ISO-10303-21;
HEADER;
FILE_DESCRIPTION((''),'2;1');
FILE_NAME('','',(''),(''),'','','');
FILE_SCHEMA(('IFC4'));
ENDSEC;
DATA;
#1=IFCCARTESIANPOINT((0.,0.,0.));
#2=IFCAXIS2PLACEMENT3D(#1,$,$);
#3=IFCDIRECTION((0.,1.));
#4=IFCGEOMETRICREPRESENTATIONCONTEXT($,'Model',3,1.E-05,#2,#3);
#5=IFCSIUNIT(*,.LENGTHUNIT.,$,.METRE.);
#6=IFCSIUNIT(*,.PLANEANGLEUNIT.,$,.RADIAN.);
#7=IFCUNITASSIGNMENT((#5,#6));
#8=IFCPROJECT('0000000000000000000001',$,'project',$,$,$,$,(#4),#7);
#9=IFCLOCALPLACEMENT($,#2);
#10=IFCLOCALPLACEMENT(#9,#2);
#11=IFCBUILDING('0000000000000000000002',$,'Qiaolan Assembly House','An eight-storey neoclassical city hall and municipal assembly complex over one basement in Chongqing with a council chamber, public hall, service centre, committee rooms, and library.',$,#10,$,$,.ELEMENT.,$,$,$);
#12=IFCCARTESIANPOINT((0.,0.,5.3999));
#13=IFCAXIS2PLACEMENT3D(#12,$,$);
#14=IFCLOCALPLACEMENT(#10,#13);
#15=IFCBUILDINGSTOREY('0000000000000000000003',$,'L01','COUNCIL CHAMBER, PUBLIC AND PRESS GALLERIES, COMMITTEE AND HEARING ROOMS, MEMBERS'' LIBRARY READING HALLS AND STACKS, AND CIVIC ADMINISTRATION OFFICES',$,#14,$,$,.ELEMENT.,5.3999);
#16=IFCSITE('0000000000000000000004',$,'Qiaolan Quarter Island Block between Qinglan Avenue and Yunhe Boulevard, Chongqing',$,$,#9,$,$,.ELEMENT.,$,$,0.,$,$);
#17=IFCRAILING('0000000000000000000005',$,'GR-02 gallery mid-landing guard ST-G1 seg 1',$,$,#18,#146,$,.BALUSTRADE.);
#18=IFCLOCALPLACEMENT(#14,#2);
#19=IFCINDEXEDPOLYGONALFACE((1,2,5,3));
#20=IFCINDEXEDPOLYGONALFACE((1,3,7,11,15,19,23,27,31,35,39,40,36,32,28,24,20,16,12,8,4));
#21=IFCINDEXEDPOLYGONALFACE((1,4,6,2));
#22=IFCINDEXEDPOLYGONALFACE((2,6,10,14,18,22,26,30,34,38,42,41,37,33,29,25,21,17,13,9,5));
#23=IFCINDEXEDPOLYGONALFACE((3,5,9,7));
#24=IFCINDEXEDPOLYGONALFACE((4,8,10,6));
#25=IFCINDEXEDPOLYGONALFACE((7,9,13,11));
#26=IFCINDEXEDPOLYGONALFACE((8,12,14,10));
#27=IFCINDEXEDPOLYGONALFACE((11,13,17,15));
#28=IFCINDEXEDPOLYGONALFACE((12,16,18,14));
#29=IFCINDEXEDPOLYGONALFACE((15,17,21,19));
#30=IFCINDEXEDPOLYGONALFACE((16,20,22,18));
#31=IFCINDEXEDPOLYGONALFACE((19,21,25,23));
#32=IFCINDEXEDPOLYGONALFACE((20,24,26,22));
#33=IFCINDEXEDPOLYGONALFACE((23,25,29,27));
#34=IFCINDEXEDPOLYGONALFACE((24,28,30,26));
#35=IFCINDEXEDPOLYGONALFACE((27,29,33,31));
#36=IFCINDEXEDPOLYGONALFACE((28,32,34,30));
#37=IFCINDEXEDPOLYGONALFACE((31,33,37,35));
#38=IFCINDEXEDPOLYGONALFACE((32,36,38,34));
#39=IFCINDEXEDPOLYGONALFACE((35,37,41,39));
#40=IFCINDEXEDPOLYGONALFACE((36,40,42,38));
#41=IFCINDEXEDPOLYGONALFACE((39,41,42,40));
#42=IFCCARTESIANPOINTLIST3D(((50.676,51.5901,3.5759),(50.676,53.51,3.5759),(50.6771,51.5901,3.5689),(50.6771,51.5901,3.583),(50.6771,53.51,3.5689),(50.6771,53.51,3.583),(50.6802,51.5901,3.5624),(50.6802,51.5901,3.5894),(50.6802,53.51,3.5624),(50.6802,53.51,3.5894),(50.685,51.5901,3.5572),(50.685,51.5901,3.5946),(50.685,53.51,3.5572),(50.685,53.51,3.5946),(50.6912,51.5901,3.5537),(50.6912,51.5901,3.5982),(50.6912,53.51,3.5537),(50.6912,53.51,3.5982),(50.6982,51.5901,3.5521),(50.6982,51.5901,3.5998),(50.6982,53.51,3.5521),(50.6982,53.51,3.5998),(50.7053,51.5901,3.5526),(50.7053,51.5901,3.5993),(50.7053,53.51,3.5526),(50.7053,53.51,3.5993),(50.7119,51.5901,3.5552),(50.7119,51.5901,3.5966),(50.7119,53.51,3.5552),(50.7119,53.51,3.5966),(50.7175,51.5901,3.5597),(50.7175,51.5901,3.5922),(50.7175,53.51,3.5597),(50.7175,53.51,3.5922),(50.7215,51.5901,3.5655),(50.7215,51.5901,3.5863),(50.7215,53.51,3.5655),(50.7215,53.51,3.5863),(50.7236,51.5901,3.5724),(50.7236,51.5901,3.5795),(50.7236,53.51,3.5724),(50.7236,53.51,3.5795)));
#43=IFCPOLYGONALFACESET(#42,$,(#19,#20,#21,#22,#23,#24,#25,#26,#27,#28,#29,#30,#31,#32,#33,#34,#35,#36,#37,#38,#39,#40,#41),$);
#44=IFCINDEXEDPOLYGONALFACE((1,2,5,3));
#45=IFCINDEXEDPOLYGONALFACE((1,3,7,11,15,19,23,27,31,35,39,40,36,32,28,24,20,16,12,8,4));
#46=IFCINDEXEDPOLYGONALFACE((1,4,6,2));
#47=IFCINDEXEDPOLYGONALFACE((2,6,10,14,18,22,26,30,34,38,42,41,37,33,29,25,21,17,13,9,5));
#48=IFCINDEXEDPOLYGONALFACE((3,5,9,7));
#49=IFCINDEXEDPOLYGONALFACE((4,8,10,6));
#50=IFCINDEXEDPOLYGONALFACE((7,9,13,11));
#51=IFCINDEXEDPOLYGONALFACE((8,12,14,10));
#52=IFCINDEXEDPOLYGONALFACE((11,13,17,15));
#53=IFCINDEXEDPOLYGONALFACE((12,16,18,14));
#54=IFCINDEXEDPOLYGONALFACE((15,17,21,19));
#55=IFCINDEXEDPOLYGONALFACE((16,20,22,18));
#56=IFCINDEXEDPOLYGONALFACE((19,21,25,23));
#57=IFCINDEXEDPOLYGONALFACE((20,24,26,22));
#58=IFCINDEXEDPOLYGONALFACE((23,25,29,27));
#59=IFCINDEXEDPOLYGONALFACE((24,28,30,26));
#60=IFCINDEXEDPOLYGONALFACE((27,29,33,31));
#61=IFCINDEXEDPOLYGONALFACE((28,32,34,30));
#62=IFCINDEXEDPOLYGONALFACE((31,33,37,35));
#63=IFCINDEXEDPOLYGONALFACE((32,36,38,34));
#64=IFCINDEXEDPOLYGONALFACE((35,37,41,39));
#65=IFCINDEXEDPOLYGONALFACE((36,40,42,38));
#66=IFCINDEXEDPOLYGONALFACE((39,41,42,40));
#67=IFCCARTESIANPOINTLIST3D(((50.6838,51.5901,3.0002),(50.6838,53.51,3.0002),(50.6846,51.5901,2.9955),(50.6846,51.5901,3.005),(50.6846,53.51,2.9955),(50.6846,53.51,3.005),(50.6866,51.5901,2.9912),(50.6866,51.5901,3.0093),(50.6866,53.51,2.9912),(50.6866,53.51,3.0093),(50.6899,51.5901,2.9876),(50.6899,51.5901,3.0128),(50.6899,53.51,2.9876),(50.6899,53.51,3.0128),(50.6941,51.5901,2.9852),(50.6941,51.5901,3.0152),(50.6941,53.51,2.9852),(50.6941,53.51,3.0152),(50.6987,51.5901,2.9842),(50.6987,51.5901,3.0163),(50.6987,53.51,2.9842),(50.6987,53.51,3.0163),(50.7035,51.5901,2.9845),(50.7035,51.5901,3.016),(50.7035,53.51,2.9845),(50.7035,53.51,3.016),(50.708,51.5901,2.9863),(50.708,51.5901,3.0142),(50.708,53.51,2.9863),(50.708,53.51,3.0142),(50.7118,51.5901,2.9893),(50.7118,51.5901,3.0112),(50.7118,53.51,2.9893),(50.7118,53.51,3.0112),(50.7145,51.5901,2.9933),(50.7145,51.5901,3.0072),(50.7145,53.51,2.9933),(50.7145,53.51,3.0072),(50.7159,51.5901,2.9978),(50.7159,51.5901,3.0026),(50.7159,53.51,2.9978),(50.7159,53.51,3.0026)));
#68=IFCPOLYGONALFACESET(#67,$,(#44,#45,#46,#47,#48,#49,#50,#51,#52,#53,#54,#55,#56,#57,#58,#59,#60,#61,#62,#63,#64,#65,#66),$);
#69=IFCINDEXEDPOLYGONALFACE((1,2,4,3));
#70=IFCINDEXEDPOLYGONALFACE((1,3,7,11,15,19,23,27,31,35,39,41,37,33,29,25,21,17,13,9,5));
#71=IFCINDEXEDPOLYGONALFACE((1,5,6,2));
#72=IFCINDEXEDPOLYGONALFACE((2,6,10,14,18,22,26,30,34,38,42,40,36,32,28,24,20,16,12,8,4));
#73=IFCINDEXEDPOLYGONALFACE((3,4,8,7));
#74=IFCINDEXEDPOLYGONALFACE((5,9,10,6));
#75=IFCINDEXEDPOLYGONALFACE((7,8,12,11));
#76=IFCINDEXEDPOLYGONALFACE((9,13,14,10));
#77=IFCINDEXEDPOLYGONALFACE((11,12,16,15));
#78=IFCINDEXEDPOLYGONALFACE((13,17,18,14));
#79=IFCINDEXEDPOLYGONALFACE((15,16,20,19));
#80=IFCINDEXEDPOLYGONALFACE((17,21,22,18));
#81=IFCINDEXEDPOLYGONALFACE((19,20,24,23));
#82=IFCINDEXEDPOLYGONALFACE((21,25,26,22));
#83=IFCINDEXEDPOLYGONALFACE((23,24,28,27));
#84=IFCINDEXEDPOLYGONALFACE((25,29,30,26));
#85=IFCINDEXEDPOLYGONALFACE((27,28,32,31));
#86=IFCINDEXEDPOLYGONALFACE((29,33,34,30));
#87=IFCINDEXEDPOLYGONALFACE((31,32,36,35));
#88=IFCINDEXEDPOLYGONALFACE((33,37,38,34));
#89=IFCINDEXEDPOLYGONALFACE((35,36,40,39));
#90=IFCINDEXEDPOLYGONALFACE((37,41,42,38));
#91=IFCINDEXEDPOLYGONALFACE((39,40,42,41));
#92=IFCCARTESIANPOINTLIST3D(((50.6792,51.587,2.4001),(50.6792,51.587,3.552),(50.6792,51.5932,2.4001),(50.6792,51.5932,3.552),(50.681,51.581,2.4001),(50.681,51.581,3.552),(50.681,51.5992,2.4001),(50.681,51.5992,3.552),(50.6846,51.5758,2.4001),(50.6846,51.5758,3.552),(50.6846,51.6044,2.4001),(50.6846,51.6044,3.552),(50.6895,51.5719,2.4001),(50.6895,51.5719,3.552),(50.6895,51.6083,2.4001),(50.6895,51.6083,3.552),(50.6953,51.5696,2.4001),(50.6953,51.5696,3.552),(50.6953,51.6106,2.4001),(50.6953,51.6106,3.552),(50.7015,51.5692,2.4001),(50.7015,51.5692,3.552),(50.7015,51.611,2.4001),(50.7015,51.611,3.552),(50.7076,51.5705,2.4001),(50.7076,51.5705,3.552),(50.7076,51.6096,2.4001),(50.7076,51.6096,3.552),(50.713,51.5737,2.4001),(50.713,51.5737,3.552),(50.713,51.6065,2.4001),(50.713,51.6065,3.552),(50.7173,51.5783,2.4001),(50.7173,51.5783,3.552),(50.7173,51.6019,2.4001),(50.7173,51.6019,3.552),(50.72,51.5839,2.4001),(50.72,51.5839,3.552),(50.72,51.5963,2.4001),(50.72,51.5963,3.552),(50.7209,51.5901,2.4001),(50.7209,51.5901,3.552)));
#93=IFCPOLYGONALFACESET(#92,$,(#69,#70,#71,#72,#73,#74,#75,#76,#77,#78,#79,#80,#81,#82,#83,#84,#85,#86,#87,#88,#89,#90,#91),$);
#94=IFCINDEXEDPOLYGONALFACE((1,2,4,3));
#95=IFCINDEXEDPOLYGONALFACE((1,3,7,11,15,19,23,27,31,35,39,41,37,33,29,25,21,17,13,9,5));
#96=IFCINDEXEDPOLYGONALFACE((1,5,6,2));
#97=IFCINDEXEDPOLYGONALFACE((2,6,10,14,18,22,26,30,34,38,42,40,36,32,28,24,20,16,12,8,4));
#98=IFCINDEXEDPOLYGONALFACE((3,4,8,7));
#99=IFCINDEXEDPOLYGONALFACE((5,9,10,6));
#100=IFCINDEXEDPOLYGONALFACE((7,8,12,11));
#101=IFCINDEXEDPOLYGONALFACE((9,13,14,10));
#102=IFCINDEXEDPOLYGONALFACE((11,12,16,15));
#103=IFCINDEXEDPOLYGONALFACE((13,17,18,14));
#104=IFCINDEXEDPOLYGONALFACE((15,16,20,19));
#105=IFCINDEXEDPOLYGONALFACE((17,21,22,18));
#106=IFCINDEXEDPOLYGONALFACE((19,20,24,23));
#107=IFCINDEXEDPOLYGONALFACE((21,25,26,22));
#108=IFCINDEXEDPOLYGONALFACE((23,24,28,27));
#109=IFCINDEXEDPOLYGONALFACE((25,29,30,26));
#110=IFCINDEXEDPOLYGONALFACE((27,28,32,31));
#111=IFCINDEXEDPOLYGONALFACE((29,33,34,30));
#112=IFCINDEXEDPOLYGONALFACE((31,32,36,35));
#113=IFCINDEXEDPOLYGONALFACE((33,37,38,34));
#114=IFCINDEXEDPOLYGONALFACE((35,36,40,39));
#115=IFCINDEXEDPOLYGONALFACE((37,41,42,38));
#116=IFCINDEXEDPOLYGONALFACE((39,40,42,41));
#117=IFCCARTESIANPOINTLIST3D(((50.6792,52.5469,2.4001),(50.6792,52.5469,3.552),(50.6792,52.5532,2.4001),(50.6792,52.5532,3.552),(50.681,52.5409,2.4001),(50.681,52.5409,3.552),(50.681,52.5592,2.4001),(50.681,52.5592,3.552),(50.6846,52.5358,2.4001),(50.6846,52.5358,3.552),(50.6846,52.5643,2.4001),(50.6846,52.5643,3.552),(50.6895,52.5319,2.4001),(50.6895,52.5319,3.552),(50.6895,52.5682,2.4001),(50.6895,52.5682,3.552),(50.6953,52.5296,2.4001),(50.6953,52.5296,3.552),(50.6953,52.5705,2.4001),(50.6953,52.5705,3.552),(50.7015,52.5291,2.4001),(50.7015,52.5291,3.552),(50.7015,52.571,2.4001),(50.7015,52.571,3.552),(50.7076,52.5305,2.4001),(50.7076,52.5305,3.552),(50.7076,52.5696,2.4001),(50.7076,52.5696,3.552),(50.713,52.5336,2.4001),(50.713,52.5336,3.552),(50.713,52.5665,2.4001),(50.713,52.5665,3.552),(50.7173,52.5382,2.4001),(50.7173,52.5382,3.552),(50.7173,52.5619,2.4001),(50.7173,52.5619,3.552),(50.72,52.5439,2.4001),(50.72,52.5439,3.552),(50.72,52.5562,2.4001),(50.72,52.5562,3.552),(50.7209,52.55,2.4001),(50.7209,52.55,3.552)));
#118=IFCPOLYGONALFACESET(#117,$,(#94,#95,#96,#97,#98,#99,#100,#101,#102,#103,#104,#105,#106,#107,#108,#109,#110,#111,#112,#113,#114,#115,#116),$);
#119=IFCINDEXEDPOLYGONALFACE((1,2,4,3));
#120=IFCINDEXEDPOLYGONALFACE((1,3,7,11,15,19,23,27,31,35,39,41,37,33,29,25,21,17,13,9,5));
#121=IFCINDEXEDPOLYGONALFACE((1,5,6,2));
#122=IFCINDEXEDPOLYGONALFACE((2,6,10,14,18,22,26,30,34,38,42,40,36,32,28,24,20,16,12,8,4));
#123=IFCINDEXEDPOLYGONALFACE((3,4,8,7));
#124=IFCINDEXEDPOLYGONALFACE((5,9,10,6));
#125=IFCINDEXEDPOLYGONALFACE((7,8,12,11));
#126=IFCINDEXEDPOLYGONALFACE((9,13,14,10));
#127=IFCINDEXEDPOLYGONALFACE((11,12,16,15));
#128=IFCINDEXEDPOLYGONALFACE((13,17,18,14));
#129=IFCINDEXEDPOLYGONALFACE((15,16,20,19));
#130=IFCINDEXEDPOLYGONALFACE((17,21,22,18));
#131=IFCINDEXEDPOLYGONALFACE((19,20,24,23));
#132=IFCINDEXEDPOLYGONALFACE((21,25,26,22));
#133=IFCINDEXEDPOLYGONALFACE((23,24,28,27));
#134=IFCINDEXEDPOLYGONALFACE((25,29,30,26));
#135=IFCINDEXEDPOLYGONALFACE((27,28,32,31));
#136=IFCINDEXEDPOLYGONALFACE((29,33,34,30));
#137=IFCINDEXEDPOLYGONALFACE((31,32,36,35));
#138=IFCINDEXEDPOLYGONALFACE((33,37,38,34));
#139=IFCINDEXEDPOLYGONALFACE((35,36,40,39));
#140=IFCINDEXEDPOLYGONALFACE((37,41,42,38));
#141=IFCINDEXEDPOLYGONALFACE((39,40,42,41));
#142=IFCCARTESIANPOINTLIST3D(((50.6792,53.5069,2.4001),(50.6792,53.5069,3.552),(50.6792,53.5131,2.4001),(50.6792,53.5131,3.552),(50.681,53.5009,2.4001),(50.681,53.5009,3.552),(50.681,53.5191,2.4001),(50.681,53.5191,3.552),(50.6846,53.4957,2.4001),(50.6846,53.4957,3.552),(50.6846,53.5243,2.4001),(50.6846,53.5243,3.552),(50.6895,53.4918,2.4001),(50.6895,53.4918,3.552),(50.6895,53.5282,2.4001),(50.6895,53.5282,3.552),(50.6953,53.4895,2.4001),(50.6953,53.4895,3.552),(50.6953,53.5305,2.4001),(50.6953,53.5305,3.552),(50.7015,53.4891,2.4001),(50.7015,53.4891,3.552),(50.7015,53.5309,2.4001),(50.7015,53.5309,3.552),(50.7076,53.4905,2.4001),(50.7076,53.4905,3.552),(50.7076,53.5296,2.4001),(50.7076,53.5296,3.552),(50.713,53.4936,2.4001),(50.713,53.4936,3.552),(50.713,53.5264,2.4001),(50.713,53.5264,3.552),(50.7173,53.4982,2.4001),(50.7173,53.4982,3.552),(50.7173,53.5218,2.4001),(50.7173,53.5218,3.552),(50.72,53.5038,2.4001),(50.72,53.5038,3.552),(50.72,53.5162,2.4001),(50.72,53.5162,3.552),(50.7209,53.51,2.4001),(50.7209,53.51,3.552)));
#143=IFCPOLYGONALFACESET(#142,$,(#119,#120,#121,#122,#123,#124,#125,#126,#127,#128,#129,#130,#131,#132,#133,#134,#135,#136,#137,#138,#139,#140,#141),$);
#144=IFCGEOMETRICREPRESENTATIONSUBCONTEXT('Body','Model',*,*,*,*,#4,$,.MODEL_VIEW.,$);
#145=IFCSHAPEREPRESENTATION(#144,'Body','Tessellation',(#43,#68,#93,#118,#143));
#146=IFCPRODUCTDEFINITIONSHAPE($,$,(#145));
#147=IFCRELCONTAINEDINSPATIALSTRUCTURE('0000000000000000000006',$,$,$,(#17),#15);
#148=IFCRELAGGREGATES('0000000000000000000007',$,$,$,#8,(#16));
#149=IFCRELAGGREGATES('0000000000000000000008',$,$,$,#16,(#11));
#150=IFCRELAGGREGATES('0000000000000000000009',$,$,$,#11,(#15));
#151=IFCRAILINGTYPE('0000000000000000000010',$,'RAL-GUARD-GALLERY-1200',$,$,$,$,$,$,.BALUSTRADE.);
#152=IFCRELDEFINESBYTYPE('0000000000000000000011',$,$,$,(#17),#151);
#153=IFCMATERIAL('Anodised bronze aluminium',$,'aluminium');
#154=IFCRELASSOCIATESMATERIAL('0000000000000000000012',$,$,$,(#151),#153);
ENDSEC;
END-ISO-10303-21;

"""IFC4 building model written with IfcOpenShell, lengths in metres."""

from ifc_helpers import new_model, si_unit, direction, frame, origin, origin_2d, place, context, subcontext, project, spatial, circle, extrude, material, type_object, element, save


model = new_model("IFC4")

# Units and contexts
model_context = context("Model", 3, precision=1e-05, world=origin(), true_north=direction((0.0, 1.0)))
body_context = subcontext(model_context, "Body", "Model", "MODEL_VIEW")
ifc_project = project(units=[si_unit("LENGTHUNIT", "METRE"), si_unit("PLANEANGLEUNIT", "RADIAN")], contexts=[model_context])

# Site, building, storey
site_placement = place(None, origin())
site = spatial("IfcSite", under=ifc_project, at=site_placement, Name="Qiaolan Quarter Island Block between Qinglan Avenue and Yunhe Boulevard, Chongqing", CompositionType="ELEMENT", RefElevation=0.0)
building_placement = place(site_placement, origin())
building = spatial("IfcBuilding", under=site, at=building_placement, Name="Qiaolan Assembly House", Description="An eight-storey neoclassical city hall and municipal assembly complex over one basement in Chongqing with a council chamber, public hall, service centre, committee rooms, and library.", CompositionType="ELEMENT")
storey_placement = place(building_placement, frame((0.0, 0.0, 5.3999)))
storey = spatial("IfcBuildingStorey", under=building, at=storey_placement, Name="L01", Description="COUNCIL CHAMBER, PUBLIC AND PRESS GALLERIES, COMMITTEE AND HEARING ROOMS, MEMBERS' LIBRARY READING HALLS AND STACKS, AND CIVIC ADMINISTRATION OFFICES", CompositionType="ELEMENT", Elevation=5.3999)

# Railing
ifc_material_1 = material(Name="Anodised bronze aluminium", Category="aluminium")
railing_type = type_object("IfcRailingType", Name="RAL-GUARD-GALLERY-1200", PredefinedType="BALUSTRADE", material=ifc_material_1)
railing_1_placement = place(storey_placement, frame((50.7, 51.5901, 2.4001)))
element("IfcRailing", 1, at=railing_1_placement, inside=storey, type_object=railing_type, Name="GR-02 gallery mid-landing guard ST-G1 seg 1", PredefinedType="BALUSTRADE", context=body_context, shape_type="SweptSolid", body=[
    extrude(circle(Radius=0.0239, at=origin_2d()), frame((0.0, 0.0, 1.1758), z_axis=(0.0, 1.0, 0.0), x_axis=(-1.0, 0.0, 0.0)), (0.0, 0.0, 1.0), 1.9199),
    extrude(circle(Radius=0.0161, at=origin_2d()), frame((0.0, 0.0, 0.6001), z_axis=(0.0, 1.0, 0.0), x_axis=(-1.0, 0.0, 0.0)), (0.0, 0.0, 1.0), 1.9199),
    extrude(circle(Radius=0.021, at=origin_2d()), origin(), (0.0, 0.0, 1.0), 1.1519),
    extrude(circle(Radius=0.021, at=origin_2d()), frame((0.0, 0.96, 0.0)), (0.0, 0.0, 1.0), 1.1519),
    extrude(circle(Radius=0.021, at=origin_2d()), frame((0.0, 1.9199, 0.0)), (0.0, 0.0, 1.0), 1.1519),
])

save(model, "model.ifc")
